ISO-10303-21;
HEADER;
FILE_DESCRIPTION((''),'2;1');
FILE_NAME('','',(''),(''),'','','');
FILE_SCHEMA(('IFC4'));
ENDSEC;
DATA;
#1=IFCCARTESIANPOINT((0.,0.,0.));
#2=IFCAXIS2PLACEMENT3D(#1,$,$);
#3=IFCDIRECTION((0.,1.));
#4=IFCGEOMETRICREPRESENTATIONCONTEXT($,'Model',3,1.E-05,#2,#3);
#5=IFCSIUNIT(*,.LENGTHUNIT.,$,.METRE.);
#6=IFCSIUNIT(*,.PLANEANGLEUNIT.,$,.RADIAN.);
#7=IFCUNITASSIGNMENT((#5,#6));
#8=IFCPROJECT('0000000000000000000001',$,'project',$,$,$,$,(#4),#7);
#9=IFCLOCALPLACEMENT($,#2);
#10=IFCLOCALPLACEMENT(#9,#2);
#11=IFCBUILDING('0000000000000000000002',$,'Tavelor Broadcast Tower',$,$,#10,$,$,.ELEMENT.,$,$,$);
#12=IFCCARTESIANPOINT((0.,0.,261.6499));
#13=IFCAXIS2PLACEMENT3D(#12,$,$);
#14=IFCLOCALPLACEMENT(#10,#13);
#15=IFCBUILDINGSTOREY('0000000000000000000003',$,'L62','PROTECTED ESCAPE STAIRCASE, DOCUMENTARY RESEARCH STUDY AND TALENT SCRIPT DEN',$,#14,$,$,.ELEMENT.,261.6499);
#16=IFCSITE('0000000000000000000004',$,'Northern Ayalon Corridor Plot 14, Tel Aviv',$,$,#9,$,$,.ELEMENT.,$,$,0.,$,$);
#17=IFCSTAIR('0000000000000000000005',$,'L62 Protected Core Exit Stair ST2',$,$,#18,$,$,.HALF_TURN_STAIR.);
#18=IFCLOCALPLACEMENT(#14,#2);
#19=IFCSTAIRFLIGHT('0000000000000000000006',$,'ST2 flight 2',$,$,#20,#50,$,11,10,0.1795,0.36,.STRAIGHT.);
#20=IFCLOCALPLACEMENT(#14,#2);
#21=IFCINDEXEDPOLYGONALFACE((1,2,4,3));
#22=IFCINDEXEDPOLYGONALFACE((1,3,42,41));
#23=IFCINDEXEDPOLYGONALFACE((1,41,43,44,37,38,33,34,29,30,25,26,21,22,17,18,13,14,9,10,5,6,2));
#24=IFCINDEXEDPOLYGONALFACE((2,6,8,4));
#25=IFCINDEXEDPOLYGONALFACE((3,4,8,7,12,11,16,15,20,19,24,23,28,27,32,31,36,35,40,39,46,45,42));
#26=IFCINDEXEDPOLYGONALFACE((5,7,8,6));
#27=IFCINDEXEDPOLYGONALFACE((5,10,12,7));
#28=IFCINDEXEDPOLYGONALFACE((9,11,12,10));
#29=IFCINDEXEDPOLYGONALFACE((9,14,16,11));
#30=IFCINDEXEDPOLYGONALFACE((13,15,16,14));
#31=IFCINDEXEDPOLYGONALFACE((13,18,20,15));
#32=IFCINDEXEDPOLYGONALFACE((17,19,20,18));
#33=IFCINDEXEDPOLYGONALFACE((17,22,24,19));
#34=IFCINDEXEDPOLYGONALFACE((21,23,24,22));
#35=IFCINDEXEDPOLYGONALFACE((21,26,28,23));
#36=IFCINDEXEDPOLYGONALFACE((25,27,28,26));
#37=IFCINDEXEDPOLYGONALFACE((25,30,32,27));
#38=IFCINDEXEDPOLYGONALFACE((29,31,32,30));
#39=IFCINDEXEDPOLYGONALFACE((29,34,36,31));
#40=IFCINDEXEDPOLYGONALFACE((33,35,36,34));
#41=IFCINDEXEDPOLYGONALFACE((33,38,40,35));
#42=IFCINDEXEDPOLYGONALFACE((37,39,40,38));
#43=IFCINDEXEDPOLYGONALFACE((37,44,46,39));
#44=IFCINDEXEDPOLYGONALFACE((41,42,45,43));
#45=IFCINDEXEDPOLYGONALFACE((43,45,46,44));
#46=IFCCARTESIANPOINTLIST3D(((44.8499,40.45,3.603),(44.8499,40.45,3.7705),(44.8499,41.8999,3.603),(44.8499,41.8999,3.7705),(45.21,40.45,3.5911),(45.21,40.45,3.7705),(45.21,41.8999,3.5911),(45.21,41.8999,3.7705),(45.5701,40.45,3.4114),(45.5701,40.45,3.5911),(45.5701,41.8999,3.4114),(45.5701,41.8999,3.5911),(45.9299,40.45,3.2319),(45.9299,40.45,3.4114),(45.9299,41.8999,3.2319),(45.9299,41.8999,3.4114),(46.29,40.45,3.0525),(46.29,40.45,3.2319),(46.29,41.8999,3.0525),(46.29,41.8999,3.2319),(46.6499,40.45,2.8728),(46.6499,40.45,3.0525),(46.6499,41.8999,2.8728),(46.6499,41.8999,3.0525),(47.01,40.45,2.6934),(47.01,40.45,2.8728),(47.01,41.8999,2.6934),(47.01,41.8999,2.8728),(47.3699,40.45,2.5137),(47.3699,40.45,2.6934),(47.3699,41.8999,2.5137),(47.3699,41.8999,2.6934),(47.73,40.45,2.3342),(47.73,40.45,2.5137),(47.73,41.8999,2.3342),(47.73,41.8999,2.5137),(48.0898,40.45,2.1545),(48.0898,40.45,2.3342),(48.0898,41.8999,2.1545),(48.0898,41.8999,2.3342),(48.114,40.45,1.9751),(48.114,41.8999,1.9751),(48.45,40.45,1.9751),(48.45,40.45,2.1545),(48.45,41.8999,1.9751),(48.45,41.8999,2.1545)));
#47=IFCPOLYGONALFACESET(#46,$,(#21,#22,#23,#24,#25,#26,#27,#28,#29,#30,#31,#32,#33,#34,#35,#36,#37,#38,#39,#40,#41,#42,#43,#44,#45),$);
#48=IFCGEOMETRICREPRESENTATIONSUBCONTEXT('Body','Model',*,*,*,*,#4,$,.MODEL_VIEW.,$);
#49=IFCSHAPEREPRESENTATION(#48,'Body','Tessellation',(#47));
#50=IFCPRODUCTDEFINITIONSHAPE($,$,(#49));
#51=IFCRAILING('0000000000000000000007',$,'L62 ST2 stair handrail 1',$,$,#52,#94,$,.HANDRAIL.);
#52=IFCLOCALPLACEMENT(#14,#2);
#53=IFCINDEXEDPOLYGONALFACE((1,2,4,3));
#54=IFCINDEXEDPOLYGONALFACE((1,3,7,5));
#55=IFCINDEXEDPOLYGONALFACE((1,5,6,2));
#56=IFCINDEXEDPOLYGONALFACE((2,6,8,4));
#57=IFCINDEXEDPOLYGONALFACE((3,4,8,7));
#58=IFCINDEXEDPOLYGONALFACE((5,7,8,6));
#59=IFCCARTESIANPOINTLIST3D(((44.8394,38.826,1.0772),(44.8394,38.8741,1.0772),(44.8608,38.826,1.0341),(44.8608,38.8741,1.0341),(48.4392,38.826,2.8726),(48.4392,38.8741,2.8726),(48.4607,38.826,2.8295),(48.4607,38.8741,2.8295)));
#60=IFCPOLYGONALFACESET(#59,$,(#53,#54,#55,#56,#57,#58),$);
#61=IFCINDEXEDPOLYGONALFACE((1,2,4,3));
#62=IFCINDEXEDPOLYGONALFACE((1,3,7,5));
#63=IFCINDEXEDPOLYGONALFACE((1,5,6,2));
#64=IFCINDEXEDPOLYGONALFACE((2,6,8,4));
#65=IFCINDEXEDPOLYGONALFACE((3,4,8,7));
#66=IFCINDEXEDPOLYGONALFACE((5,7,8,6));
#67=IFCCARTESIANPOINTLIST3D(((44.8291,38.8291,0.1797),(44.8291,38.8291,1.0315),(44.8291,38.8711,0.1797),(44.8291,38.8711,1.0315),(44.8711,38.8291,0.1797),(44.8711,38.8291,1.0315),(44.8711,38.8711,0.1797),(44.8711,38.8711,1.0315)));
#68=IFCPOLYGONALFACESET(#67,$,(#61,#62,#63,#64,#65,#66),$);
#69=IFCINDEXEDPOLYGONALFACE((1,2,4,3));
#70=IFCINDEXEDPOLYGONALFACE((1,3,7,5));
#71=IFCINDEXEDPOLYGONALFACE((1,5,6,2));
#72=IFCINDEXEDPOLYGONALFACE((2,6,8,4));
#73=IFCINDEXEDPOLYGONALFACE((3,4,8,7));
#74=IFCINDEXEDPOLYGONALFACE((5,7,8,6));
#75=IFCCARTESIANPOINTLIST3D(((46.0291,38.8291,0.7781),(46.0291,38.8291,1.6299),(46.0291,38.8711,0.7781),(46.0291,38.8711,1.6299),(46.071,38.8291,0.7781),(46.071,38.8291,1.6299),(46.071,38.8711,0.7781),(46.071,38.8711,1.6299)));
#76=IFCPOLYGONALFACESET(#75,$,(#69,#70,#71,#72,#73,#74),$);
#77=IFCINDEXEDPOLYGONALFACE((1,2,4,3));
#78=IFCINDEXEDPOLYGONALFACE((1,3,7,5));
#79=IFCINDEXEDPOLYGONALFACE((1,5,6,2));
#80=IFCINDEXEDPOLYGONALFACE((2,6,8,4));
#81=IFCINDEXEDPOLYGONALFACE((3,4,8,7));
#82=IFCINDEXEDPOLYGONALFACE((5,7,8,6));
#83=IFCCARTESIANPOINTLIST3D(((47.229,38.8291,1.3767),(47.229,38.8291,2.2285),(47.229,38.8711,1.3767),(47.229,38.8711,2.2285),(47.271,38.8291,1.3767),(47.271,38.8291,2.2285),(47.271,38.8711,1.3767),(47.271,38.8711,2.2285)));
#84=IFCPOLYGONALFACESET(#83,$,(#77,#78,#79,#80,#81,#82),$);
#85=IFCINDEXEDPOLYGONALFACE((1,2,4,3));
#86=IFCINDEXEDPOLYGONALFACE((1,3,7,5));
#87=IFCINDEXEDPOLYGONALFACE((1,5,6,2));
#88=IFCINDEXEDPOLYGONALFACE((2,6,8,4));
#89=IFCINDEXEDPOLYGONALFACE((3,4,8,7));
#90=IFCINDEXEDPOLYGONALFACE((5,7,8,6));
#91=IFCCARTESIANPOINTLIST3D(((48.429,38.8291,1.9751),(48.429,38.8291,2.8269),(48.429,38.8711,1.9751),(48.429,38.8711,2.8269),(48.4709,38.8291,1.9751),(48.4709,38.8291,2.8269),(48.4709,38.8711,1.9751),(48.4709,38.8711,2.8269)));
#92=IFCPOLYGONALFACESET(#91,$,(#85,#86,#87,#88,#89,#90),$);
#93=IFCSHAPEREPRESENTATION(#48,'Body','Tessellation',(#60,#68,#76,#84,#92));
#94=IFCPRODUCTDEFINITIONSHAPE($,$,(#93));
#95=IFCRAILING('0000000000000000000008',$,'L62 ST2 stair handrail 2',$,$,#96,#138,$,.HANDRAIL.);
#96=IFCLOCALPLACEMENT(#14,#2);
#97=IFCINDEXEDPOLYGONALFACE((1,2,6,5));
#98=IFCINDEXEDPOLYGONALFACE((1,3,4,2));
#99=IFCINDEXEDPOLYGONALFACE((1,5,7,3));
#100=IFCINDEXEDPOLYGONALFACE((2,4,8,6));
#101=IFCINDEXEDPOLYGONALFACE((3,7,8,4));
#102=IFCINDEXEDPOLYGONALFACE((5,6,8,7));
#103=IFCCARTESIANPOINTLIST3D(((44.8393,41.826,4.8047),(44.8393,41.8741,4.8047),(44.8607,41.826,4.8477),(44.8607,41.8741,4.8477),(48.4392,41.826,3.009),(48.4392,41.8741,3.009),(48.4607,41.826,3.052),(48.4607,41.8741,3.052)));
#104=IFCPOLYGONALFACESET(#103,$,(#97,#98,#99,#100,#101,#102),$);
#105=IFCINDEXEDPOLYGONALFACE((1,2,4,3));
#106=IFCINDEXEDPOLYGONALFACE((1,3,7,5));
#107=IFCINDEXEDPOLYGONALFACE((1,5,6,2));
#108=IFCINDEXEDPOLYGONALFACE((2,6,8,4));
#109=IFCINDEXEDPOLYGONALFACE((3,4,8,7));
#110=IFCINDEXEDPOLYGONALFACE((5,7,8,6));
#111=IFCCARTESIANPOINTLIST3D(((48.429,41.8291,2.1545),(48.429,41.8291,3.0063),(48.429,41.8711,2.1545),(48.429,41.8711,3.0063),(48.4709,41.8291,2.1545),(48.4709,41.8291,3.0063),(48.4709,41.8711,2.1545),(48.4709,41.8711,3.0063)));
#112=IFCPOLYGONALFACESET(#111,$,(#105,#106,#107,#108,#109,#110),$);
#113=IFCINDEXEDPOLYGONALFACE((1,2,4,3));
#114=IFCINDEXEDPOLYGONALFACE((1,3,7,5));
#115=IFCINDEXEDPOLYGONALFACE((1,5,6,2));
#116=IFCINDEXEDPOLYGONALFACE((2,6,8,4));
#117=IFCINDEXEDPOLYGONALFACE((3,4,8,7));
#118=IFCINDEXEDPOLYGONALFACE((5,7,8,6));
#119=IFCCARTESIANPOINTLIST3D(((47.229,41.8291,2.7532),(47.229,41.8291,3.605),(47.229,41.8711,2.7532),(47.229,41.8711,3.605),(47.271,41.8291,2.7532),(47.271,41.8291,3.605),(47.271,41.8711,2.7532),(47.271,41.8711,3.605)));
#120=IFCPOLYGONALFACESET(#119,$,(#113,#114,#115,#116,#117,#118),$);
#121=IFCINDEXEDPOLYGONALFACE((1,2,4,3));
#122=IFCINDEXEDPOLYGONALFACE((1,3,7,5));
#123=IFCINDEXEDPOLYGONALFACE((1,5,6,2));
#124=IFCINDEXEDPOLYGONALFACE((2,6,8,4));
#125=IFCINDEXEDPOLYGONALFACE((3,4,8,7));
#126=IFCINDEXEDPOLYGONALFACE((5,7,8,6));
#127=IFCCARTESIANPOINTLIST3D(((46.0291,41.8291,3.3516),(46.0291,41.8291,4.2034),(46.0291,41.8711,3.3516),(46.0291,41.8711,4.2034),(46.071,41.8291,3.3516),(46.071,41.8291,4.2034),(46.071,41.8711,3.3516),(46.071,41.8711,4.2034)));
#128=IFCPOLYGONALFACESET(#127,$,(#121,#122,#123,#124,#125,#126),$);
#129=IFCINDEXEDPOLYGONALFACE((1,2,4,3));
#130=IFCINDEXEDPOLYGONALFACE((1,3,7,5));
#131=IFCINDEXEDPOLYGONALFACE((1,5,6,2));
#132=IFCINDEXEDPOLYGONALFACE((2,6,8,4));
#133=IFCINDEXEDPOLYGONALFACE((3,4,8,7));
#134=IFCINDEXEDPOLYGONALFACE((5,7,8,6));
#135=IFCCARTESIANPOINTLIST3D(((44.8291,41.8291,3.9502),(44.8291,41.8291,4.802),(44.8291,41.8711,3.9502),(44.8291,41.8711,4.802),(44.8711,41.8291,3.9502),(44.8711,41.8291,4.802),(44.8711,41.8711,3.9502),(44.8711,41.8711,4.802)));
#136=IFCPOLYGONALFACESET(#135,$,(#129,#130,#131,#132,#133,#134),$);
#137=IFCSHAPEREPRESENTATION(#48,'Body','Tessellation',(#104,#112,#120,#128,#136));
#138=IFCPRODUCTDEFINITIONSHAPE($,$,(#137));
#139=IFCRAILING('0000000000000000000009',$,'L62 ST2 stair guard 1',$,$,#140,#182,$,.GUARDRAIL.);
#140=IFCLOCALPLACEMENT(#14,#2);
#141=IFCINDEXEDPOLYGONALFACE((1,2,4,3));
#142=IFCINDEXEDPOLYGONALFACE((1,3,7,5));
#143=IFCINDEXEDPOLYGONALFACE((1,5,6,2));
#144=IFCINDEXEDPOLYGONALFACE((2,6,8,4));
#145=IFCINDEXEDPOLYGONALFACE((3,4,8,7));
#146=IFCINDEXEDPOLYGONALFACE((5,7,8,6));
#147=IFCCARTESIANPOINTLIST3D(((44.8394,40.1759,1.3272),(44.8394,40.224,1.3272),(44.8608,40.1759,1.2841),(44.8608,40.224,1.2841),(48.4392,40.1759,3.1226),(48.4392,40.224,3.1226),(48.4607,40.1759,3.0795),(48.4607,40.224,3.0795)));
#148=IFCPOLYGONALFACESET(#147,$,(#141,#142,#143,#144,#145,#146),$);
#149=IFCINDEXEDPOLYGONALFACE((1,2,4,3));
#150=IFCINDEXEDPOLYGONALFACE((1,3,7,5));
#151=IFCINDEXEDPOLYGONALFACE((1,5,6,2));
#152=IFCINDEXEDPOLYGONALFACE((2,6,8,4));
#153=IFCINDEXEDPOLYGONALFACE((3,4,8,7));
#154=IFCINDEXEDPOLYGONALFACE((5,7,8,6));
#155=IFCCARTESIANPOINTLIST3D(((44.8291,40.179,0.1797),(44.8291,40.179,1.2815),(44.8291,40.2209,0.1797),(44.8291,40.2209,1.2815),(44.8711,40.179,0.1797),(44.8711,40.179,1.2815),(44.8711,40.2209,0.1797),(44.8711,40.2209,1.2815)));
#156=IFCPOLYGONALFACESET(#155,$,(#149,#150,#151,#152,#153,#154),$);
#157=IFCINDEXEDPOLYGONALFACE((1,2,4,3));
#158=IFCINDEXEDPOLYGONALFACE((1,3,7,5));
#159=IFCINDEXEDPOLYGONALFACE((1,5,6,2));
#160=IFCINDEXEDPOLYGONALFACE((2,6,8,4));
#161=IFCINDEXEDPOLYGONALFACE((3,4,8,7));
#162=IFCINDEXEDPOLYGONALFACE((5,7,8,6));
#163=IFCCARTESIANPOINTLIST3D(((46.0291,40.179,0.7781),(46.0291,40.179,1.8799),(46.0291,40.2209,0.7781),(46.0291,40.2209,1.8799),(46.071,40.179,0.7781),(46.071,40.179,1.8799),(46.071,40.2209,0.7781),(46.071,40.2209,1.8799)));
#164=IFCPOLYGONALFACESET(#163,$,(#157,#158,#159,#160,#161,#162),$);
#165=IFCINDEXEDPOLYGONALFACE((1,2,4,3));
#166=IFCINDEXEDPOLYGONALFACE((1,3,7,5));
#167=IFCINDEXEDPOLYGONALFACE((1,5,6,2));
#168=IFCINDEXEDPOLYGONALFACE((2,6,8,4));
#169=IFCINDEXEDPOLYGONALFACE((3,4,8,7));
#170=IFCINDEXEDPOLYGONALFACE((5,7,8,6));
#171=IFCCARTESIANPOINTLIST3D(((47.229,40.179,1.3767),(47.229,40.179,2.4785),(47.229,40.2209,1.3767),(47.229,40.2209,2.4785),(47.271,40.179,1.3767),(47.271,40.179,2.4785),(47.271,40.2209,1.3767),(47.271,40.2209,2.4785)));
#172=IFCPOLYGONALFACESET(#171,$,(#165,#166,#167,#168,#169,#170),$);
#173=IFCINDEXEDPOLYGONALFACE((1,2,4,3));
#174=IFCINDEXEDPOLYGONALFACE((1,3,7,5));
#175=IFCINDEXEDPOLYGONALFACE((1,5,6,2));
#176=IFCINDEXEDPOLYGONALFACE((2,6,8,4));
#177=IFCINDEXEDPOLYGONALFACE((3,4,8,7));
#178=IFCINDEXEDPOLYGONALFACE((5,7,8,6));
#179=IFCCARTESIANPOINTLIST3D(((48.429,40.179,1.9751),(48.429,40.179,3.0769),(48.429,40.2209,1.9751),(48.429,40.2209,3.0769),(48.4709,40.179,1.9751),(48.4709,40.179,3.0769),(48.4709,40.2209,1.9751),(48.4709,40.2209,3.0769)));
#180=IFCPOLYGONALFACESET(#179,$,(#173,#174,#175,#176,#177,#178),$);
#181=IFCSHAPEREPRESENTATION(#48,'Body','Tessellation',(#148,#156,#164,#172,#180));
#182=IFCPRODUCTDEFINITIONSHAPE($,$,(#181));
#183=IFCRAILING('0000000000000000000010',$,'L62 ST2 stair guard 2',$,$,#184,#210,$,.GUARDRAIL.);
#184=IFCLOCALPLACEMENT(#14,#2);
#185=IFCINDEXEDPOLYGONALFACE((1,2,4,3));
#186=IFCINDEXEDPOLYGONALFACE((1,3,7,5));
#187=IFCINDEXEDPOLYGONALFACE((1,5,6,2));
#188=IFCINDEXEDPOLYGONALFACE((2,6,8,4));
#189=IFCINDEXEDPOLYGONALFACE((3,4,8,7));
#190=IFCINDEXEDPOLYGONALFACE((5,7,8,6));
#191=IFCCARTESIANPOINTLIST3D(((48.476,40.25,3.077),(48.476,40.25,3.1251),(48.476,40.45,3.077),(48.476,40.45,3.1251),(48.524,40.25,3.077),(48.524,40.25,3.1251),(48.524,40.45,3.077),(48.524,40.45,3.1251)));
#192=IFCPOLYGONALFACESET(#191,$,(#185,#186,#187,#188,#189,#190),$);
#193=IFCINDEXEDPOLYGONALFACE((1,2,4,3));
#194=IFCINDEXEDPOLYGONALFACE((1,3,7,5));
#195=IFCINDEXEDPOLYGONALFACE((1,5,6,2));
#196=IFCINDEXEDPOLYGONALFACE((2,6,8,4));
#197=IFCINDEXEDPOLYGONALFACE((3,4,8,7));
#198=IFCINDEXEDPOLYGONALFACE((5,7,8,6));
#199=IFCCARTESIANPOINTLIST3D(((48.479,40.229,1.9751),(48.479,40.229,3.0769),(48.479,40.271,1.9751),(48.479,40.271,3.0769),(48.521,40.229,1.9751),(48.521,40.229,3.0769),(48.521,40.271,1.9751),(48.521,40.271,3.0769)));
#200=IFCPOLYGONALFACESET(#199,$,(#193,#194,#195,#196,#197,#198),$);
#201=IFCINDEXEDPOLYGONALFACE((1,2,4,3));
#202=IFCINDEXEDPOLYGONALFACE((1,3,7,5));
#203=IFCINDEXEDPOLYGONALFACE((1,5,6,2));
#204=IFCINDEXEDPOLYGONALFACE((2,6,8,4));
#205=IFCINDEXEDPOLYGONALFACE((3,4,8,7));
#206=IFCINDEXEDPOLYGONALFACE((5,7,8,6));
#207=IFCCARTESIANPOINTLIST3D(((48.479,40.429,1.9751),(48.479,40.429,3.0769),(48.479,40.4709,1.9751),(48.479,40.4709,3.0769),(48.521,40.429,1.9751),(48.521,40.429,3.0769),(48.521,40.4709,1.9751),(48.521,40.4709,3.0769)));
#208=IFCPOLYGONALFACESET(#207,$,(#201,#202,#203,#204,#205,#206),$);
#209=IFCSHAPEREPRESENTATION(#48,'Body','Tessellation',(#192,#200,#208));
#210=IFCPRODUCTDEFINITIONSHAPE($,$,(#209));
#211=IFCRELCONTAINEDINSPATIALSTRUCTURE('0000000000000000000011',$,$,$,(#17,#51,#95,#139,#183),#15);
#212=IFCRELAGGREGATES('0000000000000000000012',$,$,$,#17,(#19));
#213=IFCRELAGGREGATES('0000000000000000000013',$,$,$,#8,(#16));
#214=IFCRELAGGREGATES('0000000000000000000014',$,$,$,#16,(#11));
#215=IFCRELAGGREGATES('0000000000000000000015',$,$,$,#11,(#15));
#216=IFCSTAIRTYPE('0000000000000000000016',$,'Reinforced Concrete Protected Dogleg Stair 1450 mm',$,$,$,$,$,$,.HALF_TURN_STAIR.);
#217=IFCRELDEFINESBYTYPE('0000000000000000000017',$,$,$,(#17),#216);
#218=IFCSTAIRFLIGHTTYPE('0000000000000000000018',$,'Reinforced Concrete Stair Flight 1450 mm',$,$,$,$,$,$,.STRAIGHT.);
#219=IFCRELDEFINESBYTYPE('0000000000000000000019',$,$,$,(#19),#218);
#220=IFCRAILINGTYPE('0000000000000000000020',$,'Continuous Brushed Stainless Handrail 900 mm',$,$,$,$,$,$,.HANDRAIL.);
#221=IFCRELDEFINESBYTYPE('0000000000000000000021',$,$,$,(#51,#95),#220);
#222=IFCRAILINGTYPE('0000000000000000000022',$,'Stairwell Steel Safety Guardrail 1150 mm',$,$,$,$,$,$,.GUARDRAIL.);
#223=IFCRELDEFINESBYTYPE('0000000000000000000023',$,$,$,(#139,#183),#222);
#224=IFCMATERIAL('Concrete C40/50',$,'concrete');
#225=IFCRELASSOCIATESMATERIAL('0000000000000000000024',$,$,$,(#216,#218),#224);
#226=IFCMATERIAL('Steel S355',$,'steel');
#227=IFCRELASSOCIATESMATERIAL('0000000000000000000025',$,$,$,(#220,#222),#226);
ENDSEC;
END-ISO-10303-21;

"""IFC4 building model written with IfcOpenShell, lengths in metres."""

from ifc_helpers import new_model, si_unit, direction, frame, origin, origin_2d, place, context, subcontext, project, spatial, polyline, rectangle, outline, extrude, material, type_object, element, aggregate, save


model = new_model("IFC4")

# Units and contexts
model_context = context("Model", 3, precision=1e-05, world=origin(), true_north=direction((0.0, 1.0)))
body_context = subcontext(model_context, "Body", "Model", "MODEL_VIEW")
ifc_project = project(units=[si_unit("LENGTHUNIT", "METRE"), si_unit("PLANEANGLEUNIT", "RADIAN")], contexts=[model_context])

# Site, building, storey
site_placement = place(None, origin())
site = spatial("IfcSite", under=ifc_project, at=site_placement, Name="Northern Ayalon Corridor Plot 14, Tel Aviv", CompositionType="ELEMENT", RefElevation=0.0)
building_placement = place(site_placement, origin())
building = spatial("IfcBuilding", under=site, at=building_placement, Name="Tavelor Broadcast Tower", CompositionType="ELEMENT")
storey_placement = place(building_placement, frame((0.0, 0.0, 261.6499)))
storey = spatial("IfcBuildingStorey", under=building, at=storey_placement, Name="L62", Description="PROTECTED ESCAPE STAIRCASE, DOCUMENTARY RESEARCH STUDY AND TALENT SCRIPT DEN", CompositionType="ELEMENT", Elevation=261.6499)

# Shared definitions
ifc_material_1 = material(Name="Concrete C40/50", Category="concrete")
ifc_material_2 = material(Name="Steel S355", Category="steel")

# Stair, stair flight
stair_type = type_object("IfcStairType", Name="Reinforced Concrete Protected Dogleg Stair 1450 mm", PredefinedType="HALF_TURN_STAIR", material=ifc_material_1)
stair_placement = place(storey_placement, origin())
stair = element("IfcStair", 1, at=stair_placement, inside=storey, type_object=stair_type, Name="L62 Protected Core Exit Stair ST2", PredefinedType="HALF_TURN_STAIR")
stair_flight_type = type_object("IfcStairFlightType", Name="Reinforced Concrete Stair Flight 1450 mm", PredefinedType="STRAIGHT", material=ifc_material_1)
stair_flight_1_placement = place(storey_placement, frame((48.45, 41.175, 1.9751), z_axis=(0.0, 0.0, 1.0), x_axis=(-1.0, 0.0, 0.0)))
stair_flight_1 = element("IfcStairFlight", 2, at=stair_flight_1_placement, type_object=stair_flight_type, Name="ST2 flight 2", NumberOfRisers=11, NumberOfTreads=10, PredefinedType="STRAIGHT", RiserHeight=0.1795, TreadLength=0.36, context=body_context, shape_type="SweptSolid", body=[
    extrude(outline(polyline([(0.0, 0.0), (0.0, 0.1794), (0.3601, 0.1794), (0.3601, 0.3591), (0.72, 0.3591), (0.72, 0.5386), (1.0801, 0.5386), (1.0801, 0.7183), (1.4399, 0.7183), (1.4399, 0.8977), (1.8, 0.8977), (1.8, 1.0774), (2.1599, 1.0774), (2.1599, 1.2568), (2.52, 1.2568), (2.52, 1.4363), (2.8799, 1.4363), (2.8799, 1.616), (3.24, 1.616), (3.24, 1.7954), (3.6001, 1.7954), (3.6001, 1.9751), (3.6001, 1.6279), (0.3359, 0.0), (0.0, 0.0)])), frame((0.0, 0.7251, 0.0), z_axis=(0.0, -1.0, 0.0), x_axis=(1.0, 0.0, 0.0)), (0.0, 0.0, 1.0), 1.45),
])
aggregate(stair, [stair_flight_1])

# Railings
railing_type_1 = type_object("IfcRailingType", Name="Continuous Brushed Stainless Handrail 900 mm", PredefinedType="HANDRAIL", material=ifc_material_2)
railing_1_placement = place(storey_placement, frame((44.8501, 38.8501, 0.1797)))
element("IfcRailing", 3, at=railing_1_placement, inside=storey, type_object=railing_type_1, Name="L62 ST2 stair handrail 1", PredefinedType="HANDRAIL", context=body_context, shape_type="SweptSolid", body=[
    extrude(rectangle(XDim=0.0481, YDim=0.0481, at=origin_2d()), frame((0.0, 0.0, 0.876), z_axis=(0.894876, 0.0, 0.446315), x_axis=(0.0, 1.0, 0.0)), (0.0, 0.0, 1.0), 4.0227),
    extrude(rectangle(XDim=0.042, YDim=0.042, at=origin_2d()), origin(), (0.0, 0.0, 1.0), 0.8518),
    extrude(rectangle(XDim=0.042, YDim=0.042, at=origin_2d()), frame((1.2, 0.0, 0.5984)), (0.0, 0.0, 1.0), 0.8518),
    extrude(rectangle(XDim=0.042, YDim=0.042, at=origin_2d()), frame((2.3999, 0.0, 1.197)), (0.0, 0.0, 1.0), 0.8518),
    extrude(rectangle(XDim=0.042, YDim=0.042, at=origin_2d()), frame((3.5999, 0.0, 1.7954)), (0.0, 0.0, 1.0), 0.8518),
])
railing_2_placement = place(storey_placement, frame((48.45, 41.8501, 2.1545)))
element("IfcRailing", 4, at=railing_2_placement, inside=storey, type_object=railing_type_1, Name="L62 ST2 stair handrail 2", PredefinedType="HANDRAIL", context=body_context, shape_type="SweptSolid", body=[
    extrude(rectangle(XDim=0.0481, YDim=0.0481, at=origin_2d()), frame((0.0, 0.0, 0.876), z_axis=(-0.894852, 0.0, 0.446364), x_axis=(0.0, -1.0, 0.0)), (0.0, 0.0, 1.0), 4.0229),
    extrude(rectangle(XDim=0.042, YDim=0.042, at=origin_2d()), origin(), (0.0, 0.0, 1.0), 0.8518),
    extrude(rectangle(XDim=0.042, YDim=0.042, at=origin_2d()), frame((-1.2, 0.0, 0.5986)), (0.0, 0.0, 1.0), 0.8518),
    extrude(rectangle(XDim=0.042, YDim=0.042, at=origin_2d()), frame((-2.3999, 0.0, 1.197)), (0.0, 0.0, 1.0), 0.8518),
    extrude(rectangle(XDim=0.042, YDim=0.042, at=origin_2d()), frame((-3.5999, 0.0, 1.7957)), (0.0, 0.0, 1.0), 0.8518),
])
railing_type_2 = type_object("IfcRailingType", Name="Stairwell Steel Safety Guardrail 1150 mm", PredefinedType="GUARDRAIL", material=ifc_material_2)
railing_3_placement = place(storey_placement, frame((44.8501, 40.2, 0.1797)))
element("IfcRailing", 5, at=railing_3_placement, inside=storey, type_object=railing_type_2, Name="L62 ST2 stair guard 1", PredefinedType="GUARDRAIL", context=body_context, shape_type="SweptSolid", body=[
    extrude(rectangle(XDim=0.0481, YDim=0.0481, at=origin_2d()), frame((0.0, 0.0, 1.126), z_axis=(0.894876, 0.0, 0.446315), x_axis=(0.0, 1.0, 0.0)), (0.0, 0.0, 1.0), 4.0227),
    extrude(rectangle(XDim=0.042, YDim=0.042, at=origin_2d()), origin(), (0.0, 0.0, 1.0), 1.1018),
    extrude(rectangle(XDim=0.042, YDim=0.042, at=origin_2d()), frame((1.2, 0.0, 0.5984)), (0.0, 0.0, 1.0), 1.1018),
    extrude(rectangle(XDim=0.042, YDim=0.042, at=origin_2d()), frame((2.3999, 0.0, 1.197)), (0.0, 0.0, 1.0), 1.1018),
    extrude(rectangle(XDim=0.042, YDim=0.042, at=origin_2d()), frame((3.5999, 0.0, 1.7954)), (0.0, 0.0, 1.0), 1.1018),
])
railing_4_placement = place(storey_placement, frame((48.5, 40.25, 1.9751)))
element("IfcRailing", 6, at=railing_4_placement, inside=storey, type_object=railing_type_2, Name="L62 ST2 stair guard 2", PredefinedType="GUARDRAIL", context=body_context, shape_type="SweptSolid", body=[
    extrude(rectangle(XDim=0.0481, YDim=0.0481, at=origin_2d()), frame((0.0, 0.0, 1.126), z_axis=(0.0, 1.0, 0.0), x_axis=(-1.0, 0.0, 0.0)), (0.0, 0.0, 1.0), 0.2),
    extrude(rectangle(XDim=0.042, YDim=0.042, at=origin_2d()), origin(), (0.0, 0.0, 1.0), 1.1018),
    extrude(rectangle(XDim=0.042, YDim=0.042, at=origin_2d()), frame((0.0, 0.2, 0.0)), (0.0, 0.0, 1.0), 1.1018),
])

save(model, "model.ifc")
